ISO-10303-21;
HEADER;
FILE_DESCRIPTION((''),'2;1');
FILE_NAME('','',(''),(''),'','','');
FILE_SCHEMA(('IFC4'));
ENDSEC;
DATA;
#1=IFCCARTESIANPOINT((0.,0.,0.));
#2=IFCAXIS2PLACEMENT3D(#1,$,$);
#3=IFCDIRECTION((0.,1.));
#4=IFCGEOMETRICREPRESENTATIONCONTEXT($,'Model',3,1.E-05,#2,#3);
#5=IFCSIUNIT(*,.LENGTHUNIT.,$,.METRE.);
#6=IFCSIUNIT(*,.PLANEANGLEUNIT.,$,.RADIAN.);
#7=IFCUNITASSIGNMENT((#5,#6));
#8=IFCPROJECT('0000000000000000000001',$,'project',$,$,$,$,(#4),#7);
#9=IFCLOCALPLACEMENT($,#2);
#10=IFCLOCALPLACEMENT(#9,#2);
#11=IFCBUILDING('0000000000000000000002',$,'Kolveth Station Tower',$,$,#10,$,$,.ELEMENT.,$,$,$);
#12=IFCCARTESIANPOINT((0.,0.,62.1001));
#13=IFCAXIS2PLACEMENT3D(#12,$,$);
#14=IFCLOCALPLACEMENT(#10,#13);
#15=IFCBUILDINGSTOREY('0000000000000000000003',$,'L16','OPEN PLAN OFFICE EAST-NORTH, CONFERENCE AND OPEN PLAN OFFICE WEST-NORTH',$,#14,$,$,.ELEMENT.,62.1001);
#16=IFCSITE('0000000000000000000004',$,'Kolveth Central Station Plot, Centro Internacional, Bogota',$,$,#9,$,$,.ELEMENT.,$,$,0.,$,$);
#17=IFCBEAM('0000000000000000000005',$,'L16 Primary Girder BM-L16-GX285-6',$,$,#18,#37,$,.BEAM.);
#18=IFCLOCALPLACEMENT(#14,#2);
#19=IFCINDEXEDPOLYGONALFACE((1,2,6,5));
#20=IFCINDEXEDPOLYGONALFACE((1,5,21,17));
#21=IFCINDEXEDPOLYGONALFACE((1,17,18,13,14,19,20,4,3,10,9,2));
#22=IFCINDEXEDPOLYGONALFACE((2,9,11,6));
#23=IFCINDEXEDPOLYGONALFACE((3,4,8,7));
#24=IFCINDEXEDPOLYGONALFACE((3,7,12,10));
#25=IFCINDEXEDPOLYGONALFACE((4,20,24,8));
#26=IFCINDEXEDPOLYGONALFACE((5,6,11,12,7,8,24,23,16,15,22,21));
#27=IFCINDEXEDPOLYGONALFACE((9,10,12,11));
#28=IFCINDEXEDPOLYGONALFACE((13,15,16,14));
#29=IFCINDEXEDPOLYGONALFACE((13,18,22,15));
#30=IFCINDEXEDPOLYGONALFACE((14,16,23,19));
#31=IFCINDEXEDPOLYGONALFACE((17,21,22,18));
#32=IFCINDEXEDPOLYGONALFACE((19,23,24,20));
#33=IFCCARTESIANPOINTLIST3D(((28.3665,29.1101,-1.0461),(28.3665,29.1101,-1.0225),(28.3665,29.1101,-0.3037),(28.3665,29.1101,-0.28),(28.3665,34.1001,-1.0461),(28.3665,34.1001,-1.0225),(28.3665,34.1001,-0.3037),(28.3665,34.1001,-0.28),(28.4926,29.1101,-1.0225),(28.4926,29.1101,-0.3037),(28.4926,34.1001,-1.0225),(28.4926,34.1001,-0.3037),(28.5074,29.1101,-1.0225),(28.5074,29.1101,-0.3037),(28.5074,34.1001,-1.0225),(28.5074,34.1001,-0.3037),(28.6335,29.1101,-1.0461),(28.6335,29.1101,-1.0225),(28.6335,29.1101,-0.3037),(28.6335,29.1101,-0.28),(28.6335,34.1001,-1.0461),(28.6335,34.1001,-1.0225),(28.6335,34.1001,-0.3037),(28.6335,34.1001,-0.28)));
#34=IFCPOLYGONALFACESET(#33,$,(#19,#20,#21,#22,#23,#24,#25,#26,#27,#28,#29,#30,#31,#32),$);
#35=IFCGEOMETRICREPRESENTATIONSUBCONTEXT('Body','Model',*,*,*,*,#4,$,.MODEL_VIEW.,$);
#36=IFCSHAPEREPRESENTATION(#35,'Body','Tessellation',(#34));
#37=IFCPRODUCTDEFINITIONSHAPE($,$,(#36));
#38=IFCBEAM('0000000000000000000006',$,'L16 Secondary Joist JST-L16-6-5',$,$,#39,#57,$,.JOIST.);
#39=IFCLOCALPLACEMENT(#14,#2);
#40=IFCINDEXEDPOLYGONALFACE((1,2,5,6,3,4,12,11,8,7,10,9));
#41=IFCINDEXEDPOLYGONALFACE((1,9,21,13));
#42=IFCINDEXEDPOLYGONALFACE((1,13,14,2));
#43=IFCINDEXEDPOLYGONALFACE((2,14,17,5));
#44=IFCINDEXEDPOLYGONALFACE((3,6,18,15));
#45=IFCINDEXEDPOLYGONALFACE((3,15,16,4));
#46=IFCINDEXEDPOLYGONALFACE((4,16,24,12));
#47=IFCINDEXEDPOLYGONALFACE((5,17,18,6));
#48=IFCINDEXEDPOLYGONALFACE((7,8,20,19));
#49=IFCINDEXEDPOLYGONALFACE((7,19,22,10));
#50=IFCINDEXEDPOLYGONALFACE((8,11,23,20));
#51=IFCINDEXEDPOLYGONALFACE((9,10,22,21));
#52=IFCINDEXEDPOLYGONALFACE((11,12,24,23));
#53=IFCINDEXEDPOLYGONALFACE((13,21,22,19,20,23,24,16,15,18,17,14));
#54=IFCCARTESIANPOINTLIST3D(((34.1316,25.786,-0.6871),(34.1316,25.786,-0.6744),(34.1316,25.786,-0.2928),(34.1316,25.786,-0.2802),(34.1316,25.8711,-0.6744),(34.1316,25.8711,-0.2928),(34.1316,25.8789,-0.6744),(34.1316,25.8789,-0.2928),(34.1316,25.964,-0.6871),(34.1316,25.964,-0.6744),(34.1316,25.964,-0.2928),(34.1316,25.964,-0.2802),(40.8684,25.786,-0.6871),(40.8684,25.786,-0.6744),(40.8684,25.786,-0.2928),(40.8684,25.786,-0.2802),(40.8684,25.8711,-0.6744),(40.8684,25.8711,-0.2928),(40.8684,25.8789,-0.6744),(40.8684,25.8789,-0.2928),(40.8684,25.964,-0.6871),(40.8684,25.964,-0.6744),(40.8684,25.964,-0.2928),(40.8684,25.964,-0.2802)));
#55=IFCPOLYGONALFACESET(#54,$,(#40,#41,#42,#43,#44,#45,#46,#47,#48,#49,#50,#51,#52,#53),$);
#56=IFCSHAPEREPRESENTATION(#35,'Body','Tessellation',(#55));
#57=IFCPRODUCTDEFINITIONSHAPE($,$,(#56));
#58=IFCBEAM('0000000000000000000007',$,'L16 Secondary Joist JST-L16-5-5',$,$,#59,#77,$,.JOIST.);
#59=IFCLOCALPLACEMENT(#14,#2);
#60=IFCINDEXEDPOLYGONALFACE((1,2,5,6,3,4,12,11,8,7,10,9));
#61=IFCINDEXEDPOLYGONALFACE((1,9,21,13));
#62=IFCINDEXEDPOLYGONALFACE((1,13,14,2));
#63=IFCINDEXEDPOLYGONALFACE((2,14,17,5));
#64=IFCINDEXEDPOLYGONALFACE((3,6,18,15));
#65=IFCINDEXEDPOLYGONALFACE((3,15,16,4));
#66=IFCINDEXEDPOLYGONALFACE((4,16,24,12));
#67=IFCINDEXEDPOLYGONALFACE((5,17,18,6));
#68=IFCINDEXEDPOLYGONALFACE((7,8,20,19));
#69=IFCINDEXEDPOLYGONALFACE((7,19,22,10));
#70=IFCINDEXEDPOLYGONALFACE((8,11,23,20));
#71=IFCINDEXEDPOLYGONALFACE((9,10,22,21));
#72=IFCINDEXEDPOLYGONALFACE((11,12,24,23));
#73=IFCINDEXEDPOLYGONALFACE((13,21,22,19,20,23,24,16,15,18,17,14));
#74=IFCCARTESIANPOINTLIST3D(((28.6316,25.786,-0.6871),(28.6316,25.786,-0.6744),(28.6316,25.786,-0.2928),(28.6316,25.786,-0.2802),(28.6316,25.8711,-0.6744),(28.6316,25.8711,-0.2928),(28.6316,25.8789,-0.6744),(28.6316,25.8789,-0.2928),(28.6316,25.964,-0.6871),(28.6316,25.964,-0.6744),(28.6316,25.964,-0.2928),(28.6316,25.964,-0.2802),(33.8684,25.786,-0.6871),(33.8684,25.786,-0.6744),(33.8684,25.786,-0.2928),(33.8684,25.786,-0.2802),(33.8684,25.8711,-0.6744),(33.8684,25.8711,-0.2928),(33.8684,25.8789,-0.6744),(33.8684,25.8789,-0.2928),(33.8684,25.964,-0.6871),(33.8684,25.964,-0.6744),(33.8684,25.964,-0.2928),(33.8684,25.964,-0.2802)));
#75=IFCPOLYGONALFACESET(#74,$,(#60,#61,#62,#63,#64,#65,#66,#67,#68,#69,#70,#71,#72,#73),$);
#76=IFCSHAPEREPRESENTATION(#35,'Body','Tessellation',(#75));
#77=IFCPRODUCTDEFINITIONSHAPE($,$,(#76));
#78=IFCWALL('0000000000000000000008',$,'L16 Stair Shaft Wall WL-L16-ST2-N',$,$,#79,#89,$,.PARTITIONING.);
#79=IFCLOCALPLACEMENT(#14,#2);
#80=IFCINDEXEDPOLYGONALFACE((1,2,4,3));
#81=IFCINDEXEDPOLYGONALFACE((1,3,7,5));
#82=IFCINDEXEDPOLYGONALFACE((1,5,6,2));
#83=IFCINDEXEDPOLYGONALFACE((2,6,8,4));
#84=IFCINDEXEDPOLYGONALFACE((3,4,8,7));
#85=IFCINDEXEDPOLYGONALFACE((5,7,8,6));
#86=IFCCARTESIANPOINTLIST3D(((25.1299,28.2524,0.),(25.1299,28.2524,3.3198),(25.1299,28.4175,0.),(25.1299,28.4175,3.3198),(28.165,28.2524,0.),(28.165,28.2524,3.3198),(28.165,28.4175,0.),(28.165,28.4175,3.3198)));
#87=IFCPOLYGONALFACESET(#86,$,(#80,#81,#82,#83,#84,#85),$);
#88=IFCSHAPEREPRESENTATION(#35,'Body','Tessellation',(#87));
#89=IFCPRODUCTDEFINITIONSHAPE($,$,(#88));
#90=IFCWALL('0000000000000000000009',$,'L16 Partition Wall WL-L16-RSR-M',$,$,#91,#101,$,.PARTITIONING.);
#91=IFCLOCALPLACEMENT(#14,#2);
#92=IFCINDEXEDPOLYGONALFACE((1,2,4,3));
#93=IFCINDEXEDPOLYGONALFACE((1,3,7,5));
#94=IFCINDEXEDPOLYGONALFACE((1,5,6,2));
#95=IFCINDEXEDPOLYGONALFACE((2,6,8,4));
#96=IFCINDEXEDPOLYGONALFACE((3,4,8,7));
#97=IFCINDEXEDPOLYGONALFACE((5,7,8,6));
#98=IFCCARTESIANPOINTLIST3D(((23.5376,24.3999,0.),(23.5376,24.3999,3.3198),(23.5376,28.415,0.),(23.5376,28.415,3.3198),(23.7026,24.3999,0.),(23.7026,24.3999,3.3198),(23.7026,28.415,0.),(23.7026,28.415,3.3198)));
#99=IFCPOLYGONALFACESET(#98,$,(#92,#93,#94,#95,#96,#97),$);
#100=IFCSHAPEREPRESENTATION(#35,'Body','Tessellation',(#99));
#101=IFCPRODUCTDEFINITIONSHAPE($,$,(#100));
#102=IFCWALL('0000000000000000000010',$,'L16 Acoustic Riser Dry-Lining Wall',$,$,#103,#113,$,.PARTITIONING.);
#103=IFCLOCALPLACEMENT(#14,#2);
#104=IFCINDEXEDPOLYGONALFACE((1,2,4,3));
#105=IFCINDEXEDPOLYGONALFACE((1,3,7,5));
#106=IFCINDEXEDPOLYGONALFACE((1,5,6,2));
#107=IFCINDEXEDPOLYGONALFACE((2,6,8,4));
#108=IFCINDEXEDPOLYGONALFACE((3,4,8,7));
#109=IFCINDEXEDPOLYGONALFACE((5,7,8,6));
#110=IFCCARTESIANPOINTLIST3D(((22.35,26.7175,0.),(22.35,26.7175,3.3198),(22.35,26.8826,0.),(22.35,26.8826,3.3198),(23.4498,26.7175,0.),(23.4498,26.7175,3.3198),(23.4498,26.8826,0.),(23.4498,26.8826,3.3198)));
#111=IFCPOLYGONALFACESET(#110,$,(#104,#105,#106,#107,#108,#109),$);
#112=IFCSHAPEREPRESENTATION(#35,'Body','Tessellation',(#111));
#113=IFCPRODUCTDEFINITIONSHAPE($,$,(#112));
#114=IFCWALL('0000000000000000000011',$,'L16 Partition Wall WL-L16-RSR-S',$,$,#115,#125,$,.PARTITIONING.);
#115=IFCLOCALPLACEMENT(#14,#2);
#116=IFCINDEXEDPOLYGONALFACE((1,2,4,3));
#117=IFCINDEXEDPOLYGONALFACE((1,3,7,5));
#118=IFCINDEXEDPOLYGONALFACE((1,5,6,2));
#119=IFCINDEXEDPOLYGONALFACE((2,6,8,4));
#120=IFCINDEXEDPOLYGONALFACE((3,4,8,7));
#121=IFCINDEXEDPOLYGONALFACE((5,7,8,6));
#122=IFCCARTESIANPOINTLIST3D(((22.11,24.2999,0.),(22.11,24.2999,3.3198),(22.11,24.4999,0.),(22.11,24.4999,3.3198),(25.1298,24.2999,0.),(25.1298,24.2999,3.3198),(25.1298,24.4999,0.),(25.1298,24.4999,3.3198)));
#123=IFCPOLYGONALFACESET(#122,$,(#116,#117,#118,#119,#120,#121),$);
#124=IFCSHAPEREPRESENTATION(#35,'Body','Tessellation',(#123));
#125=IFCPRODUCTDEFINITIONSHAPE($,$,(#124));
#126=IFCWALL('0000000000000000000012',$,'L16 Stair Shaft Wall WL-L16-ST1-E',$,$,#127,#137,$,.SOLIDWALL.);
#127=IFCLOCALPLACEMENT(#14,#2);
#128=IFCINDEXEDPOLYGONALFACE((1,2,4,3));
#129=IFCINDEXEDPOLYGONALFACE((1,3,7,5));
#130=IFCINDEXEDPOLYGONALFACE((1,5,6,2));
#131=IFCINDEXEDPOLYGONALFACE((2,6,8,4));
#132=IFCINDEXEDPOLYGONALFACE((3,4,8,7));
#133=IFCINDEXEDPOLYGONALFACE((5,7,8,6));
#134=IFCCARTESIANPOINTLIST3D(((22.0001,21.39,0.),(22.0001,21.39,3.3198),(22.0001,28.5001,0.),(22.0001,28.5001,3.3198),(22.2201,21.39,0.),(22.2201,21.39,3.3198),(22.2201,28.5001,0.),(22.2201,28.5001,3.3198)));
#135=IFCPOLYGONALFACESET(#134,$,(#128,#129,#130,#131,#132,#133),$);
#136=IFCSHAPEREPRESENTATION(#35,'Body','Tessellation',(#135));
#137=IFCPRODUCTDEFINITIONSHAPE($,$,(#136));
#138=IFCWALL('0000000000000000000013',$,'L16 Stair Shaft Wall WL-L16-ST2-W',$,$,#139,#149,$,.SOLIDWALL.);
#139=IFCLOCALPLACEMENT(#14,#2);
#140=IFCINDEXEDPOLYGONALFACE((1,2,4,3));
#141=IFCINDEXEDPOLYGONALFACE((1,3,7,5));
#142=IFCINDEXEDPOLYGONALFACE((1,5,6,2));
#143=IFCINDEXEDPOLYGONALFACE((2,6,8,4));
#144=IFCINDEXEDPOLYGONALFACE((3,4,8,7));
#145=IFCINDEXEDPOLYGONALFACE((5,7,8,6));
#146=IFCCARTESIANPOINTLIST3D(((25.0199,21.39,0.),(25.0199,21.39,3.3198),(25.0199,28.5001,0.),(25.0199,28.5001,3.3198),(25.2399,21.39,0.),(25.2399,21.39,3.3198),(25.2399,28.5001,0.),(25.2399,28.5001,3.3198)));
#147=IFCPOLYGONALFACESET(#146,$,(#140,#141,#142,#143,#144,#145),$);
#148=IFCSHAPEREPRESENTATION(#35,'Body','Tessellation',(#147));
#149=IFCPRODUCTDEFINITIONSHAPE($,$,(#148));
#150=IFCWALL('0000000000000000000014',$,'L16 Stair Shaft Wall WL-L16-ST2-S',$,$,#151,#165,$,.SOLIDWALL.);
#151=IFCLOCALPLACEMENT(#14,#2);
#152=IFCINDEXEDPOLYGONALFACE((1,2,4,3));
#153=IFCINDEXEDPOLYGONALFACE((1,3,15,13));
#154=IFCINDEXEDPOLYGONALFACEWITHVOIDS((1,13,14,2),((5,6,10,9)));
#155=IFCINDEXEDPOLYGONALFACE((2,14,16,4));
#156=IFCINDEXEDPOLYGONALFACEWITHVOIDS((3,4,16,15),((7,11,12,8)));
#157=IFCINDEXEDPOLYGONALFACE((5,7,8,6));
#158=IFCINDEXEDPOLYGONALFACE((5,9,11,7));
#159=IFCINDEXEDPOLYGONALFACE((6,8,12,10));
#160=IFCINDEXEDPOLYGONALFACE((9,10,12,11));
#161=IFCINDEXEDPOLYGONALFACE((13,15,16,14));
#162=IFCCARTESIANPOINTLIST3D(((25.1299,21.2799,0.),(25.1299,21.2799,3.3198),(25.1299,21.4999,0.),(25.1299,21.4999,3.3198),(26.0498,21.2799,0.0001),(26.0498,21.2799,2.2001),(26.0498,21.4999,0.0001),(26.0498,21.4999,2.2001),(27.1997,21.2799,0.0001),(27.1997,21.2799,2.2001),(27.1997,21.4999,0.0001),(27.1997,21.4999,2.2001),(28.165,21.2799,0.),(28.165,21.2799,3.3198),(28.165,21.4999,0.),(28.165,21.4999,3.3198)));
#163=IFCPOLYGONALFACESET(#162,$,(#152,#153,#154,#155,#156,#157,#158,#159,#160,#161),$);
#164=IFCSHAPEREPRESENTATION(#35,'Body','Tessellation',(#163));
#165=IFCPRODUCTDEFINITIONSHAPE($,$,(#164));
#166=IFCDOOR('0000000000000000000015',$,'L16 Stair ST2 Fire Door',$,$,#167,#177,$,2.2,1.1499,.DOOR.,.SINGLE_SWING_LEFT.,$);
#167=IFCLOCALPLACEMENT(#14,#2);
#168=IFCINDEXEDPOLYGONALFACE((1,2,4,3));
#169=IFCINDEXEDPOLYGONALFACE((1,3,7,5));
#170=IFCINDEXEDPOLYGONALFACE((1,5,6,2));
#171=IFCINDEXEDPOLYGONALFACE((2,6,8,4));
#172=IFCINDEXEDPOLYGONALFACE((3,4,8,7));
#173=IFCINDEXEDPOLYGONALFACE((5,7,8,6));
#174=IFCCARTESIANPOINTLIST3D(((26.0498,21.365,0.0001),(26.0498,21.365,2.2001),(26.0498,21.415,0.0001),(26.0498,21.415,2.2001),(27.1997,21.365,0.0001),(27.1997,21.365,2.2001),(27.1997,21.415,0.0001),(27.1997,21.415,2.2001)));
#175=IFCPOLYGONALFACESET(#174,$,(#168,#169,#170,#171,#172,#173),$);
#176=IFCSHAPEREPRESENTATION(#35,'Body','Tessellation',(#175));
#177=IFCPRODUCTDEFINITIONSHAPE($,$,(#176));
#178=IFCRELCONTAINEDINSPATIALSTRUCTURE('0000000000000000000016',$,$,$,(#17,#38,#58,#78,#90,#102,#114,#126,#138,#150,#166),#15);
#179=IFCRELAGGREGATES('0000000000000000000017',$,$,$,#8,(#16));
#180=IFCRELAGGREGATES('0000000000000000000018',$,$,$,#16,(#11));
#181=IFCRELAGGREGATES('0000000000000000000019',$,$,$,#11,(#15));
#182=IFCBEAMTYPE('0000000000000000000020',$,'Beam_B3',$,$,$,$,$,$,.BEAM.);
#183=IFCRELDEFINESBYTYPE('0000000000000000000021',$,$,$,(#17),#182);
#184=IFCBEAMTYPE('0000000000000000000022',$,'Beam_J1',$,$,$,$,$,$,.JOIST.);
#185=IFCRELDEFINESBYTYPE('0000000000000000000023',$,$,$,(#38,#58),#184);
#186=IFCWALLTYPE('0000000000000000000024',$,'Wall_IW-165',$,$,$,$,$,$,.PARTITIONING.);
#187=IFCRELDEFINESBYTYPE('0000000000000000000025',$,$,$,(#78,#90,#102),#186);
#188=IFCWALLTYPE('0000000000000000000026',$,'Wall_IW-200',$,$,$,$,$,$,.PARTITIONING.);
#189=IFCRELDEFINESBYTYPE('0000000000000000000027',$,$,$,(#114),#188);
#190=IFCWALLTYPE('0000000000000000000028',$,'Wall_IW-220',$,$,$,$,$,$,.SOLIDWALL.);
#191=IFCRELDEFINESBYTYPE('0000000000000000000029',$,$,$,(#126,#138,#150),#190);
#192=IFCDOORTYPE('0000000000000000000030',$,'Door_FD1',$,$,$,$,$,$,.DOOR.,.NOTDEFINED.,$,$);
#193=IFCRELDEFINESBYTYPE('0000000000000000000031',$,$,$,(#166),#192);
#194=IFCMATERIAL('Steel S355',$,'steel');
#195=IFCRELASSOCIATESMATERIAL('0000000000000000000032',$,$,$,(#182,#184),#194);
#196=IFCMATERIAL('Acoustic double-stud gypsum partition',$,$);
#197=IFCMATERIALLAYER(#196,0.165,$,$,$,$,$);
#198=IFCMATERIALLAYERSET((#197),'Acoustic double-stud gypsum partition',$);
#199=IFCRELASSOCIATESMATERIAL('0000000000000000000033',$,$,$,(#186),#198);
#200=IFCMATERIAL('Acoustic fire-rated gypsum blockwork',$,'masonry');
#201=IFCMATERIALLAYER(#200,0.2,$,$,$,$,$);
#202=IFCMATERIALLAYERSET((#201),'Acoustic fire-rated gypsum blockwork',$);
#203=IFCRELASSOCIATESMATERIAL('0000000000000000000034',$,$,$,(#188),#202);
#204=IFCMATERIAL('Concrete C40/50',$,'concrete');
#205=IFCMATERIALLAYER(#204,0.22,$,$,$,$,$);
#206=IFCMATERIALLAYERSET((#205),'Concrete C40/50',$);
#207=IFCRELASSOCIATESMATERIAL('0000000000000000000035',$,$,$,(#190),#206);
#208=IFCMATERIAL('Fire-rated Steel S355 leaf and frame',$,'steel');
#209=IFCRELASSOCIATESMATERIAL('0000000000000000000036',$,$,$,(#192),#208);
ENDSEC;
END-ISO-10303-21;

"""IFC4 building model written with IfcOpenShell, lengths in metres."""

from ifc_helpers import new_model, si_unit, direction, frame, frame_2d, origin, origin_2d, place, context, subcontext, project, spatial, rectangle, i_section, extrude, source, transform, mapped, material, layer, layer_set, material_profile, profile_set, type_object, element, fill, save


model = new_model("IFC4")

# Units and contexts
model_context = context("Model", 3, precision=1e-05, world=origin(), true_north=direction((0.0, 1.0)))
body_context = subcontext(model_context, "Body", "Model", "MODEL_VIEW")
ifc_project = project(units=[si_unit("LENGTHUNIT", "METRE"), si_unit("PLANEANGLEUNIT", "RADIAN")], contexts=[model_context])

# Site, building, storey
site_placement = place(None, origin())
site = spatial("IfcSite", under=ifc_project, at=site_placement, Name="Kolveth Central Station Plot, Centro Internacional, Bogota", CompositionType="ELEMENT", RefElevation=0.0)
building_placement = place(site_placement, origin())
building = spatial("IfcBuilding", under=site, at=building_placement, Name="Kolveth Station Tower", CompositionType="ELEMENT")
storey_placement = place(building_placement, frame((0.0, 0.0, 62.1001)))
storey = spatial("IfcBuildingStorey", under=building, at=storey_placement, Name="L16", Description="OPEN PLAN OFFICE EAST-NORTH, CONFERENCE AND OPEN PLAN OFFICE WEST-NORTH", CompositionType="ELEMENT", Elevation=62.1001)

# Beams
ifc_material_1 = material(Name="Steel S355", Category="steel")
ifc_material_profile_1 = material_profile(ifc_material_1, i_section(OverallWidth=0.2671, OverallDepth=0.7661, WebThickness=0.0149, FlangeThickness=0.0237, at=origin_2d()), Name="W760x185")
ifc_profile_set_1 = profile_set([ifc_material_profile_1], Name="Steel S355")
beam_type_1 = type_object("IfcBeamType", Name="Beam_B3", PredefinedType="BEAM", material=ifc_profile_set_1)
shared_shape_1 = source(origin(), body_context, "Body", "SweptSolid", [
    extrude(i_section(OverallWidth=0.2671, OverallDepth=0.7661, WebThickness=0.0149, FlangeThickness=0.0237, at=origin_2d()), origin(), (0.0, 0.0, 1.0), 4.99),
])
beam_1_placement = place(storey_placement, frame((28.5, 29.1101, -0.6631), z_axis=(0.0, 1.0, 0.0), x_axis=(-1.0, 0.0, 0.0)))
element("IfcBeam", 1, at=beam_1_placement, inside=storey, type_object=beam_type_1, Name="L16 Primary Girder BM-L16-GX285-6", PredefinedType="BEAM", context=body_context, shape_type="MappedRepresentation", body=[
    mapped(shared_shape_1, transform((0.0, 0.0, 0.0), x_axis=(1.0, 0.0, 0.0), y_axis=(0.0, 1.0, 0.0), z_axis=(0.0, 0.0, 1.0), scale=1.0)),
])
ifc_material_profile_2 = material_profile(ifc_material_1, i_section(OverallWidth=0.178, OverallDepth=0.407, WebThickness=0.0078, FlangeThickness=0.0127, at=origin_2d()), Name="W410x60")
ifc_profile_set_2 = profile_set([ifc_material_profile_2], Name="Steel S355")
beam_type_2 = type_object("IfcBeamType", Name="Beam_J1", PredefinedType="JOIST", material=ifc_profile_set_2)
shared_shape_2 = source(origin(), body_context, "Body", "SweptSolid", [
    extrude(i_section(OverallWidth=0.178, OverallDepth=0.407, WebThickness=0.0078, FlangeThickness=0.0127, at=origin_2d()), origin(), (0.0, 0.0, 1.0), 6.7368),
])
beam_2_placement = place(storey_placement, frame((34.1316, 25.875, -0.4836), z_axis=(1.0, 0.0, 0.0), x_axis=(0.0, 1.0, 0.0)))
element("IfcBeam", 2, at=beam_2_placement, inside=storey, type_object=beam_type_2, Name="L16 Secondary Joist JST-L16-6-5", PredefinedType="JOIST", context=body_context, shape_type="MappedRepresentation", body=[
    mapped(shared_shape_2, transform((0.0, 0.0, 0.0), x_axis=(1.0, 0.0, 0.0), y_axis=(0.0, 1.0, 0.0), z_axis=(0.0, 0.0, 1.0), scale=1.0)),
])
shared_shape_3 = source(origin(), body_context, "Body", "SweptSolid", [
    extrude(i_section(OverallWidth=0.178, OverallDepth=0.407, WebThickness=0.0078, FlangeThickness=0.0127, at=origin_2d()), origin(), (0.0, 0.0, 1.0), 5.2368),
])
beam_3_placement = place(storey_placement, frame((28.6316, 25.875, -0.4836), z_axis=(1.0, 0.0, 0.0), x_axis=(0.0, 1.0, 0.0)))
element("IfcBeam", 3, at=beam_3_placement, inside=storey, type_object=beam_type_2, Name="L16 Secondary Joist JST-L16-5-5", PredefinedType="JOIST", context=body_context, shape_type="MappedRepresentation", body=[
    mapped(shared_shape_3, transform((0.0, 0.0, 0.0), x_axis=(1.0, 0.0, 0.0), y_axis=(0.0, 1.0, 0.0), z_axis=(0.0, 0.0, 1.0), scale=1.0)),
])

# Walls
ifc_material_2 = material(Name="Acoustic double-stud gypsum partition")
ifc_layer_1 = layer(ifc_material_2, 0.165)
ifc_layer_set_1 = layer_set([ifc_layer_1], Name="Acoustic double-stud gypsum partition")
wall_type_1 = type_object("IfcWallType", Name="Wall_IW-165", PredefinedType="PARTITIONING", material=ifc_layer_set_1)
wall_1_placement = place(storey_placement, frame((25.1299, 28.335, 0.0), z_axis=(0.0, 0.0, 1.0), x_axis=(1.0, 0.0, 0.0)))
element("IfcWall", 4, at=wall_1_placement, inside=storey, type_object=wall_type_1, Name="L16 Stair Shaft Wall WL-L16-ST2-N", PredefinedType="PARTITIONING", context=body_context, shape_type="SweptSolid", body=[
    extrude(rectangle(XDim=3.0352, YDim=0.165, at=frame_2d((1.5176, 0.0))), origin(), (0.0, 0.0, 1.0), 3.3198),
])
wall_2_placement = place(storey_placement, frame((23.6201, 24.3999, 0.0), z_axis=(0.0, 0.0, 1.0), x_axis=(0.0, 1.0, 0.0)))
element("IfcWall", 5, at=wall_2_placement, inside=storey, type_object=wall_type_1, Name="L16 Partition Wall WL-L16-RSR-M", PredefinedType="PARTITIONING", context=body_context, shape_type="SweptSolid", body=[
    extrude(rectangle(XDim=4.0151, YDim=0.165, at=frame_2d((2.0076, 0.0))), origin(), (0.0, 0.0, 1.0), 3.3198),
])
wall_3_placement = place(storey_placement, frame((22.3501, 26.8, 0.0), z_axis=(0.0, 0.0, 1.0), x_axis=(1.0, 0.0, 0.0)))
element("IfcWall", 6, at=wall_3_placement, inside=storey, type_object=wall_type_1, Name="L16 Acoustic Riser Dry-Lining Wall", PredefinedType="PARTITIONING", context=body_context, shape_type="SweptSolid", body=[
    extrude(rectangle(XDim=1.0999, YDim=0.165, at=frame_2d((0.5498, 0.0))), origin(), (0.0, 0.0, 1.0), 3.3198),
])
ifc_material_3 = material(Name="Acoustic fire-rated gypsum blockwork", Category="masonry")
ifc_layer_2 = layer(ifc_material_3, 0.2)
ifc_layer_set_2 = layer_set([ifc_layer_2], Name="Acoustic fire-rated gypsum blockwork")
wall_type_2 = type_object("IfcWallType", Name="Wall_IW-200", PredefinedType="PARTITIONING", material=ifc_layer_set_2)
wall_4_placement = place(storey_placement, frame((22.1101, 24.3999, 0.0), z_axis=(0.0, 0.0, 1.0), x_axis=(1.0, 0.0, 0.0)))
element("IfcWall", 7, at=wall_4_placement, inside=storey, type_object=wall_type_2, Name="L16 Partition Wall WL-L16-RSR-S", PredefinedType="PARTITIONING", context=body_context, shape_type="SweptSolid", body=[
    extrude(rectangle(XDim=3.0198, YDim=0.2, at=frame_2d((1.5098, 0.0))), origin(), (0.0, 0.0, 1.0), 3.3198),
])
ifc_material_4 = material(Name="Concrete C40/50", Category="concrete")
ifc_layer_3 = layer(ifc_material_4, 0.22)
ifc_layer_set_3 = layer_set([ifc_layer_3], Name="Concrete C40/50")
wall_type_3 = type_object("IfcWallType", Name="Wall_IW-220", PredefinedType="SOLIDWALL", material=ifc_layer_set_3)
for number, where, z_axis, x_axis, name in (
    (8, (22.1101, 21.3899, 0.0), (0.0, 0.0, 1.0), (0.0, 1.0, 0.0), "L16 Stair Shaft Wall WL-L16-ST1-E"),
    (9, (25.1299, 21.3899, 0.0), (0.0, 0.0, 1.0), (0.0, 1.0, 0.0), "L16 Stair Shaft Wall WL-L16-ST2-W"),
):
    element("IfcWall", number, at=place(storey_placement, frame(where, z_axis=z_axis, x_axis=x_axis)), inside=storey, type_object=wall_type_3, Name=name, PredefinedType="SOLIDWALL", context=body_context, shape_type="SweptSolid", body=[
        extrude(rectangle(XDim=7.1101, YDim=0.22, at=frame_2d((3.5552, 0.0))), origin(), (0.0, 0.0, 1.0), 3.3198),
    ])

# Wall, opening, door
wall_5_placement = place(storey_placement, frame((25.1299, 21.3899, 0.0), z_axis=(0.0, 0.0, 1.0), x_axis=(1.0, 0.0, 0.0)))
wall_5 = element("IfcWall", 10, at=wall_5_placement, inside=storey, type_object=wall_type_3, Name="L16 Stair Shaft Wall WL-L16-ST2-S", PredefinedType="SOLIDWALL", context=body_context, shape_type="SweptSolid", body=[
    extrude(rectangle(XDim=3.0352, YDim=0.22, at=frame_2d((1.5176, 0.0))), origin(), (0.0, 0.0, 1.0), 3.3198),
])
opening_placement = place(wall_5_placement, frame((0.9199, 0.0, 0.0)))
opening = element("IfcOpeningElement", 11, at=opening_placement, cuts=wall_5, PredefinedType="OPENING", context=body_context, shape_type="SweptSolid", body=[
    extrude(rectangle(XDim=1.1499, YDim=2.2, at=frame_2d((0.575, 1.1001))), frame((0.0, 0.1199, 0.0), z_axis=(0.0, -1.0, 0.0), x_axis=(1.0, 0.0, 0.0)), (0.0, 0.0, 1.0), 0.24),
])
ifc_material_5 = material(Name="Fire-rated Steel S355 leaf and frame", Category="steel")
door_type = type_object("IfcDoorType", Name="Door_FD1", OperationType="NOTDEFINED", PredefinedType="DOOR", material=ifc_material_5)
door_placement = place(opening_placement, frame((1.1499, 0.0, 0.0), z_axis=(0.0, 0.0, 1.0), x_axis=(-1.0, 0.0, 0.0)))
door = element("IfcDoor", 12, at=door_placement, inside=storey, type_object=door_type, Name="L16 Stair ST2 Fire Door", OperationType="SINGLE_SWING_LEFT", OverallHeight=2.2, OverallWidth=1.1499, PredefinedType="DOOR", context=body_context, shape_type="SweptSolid", body=[
    extrude(rectangle(XDim=1.1499, YDim=2.2, at=frame_2d((0.575, 1.1001))), frame((0.0, 0.0249, 0.0), z_axis=(0.0, -1.0, 0.0), x_axis=(1.0, 0.0, 0.0)), (0.0, 0.0, 1.0), 0.05),
])
fill(opening, door)

save(model, "model.ifc")
